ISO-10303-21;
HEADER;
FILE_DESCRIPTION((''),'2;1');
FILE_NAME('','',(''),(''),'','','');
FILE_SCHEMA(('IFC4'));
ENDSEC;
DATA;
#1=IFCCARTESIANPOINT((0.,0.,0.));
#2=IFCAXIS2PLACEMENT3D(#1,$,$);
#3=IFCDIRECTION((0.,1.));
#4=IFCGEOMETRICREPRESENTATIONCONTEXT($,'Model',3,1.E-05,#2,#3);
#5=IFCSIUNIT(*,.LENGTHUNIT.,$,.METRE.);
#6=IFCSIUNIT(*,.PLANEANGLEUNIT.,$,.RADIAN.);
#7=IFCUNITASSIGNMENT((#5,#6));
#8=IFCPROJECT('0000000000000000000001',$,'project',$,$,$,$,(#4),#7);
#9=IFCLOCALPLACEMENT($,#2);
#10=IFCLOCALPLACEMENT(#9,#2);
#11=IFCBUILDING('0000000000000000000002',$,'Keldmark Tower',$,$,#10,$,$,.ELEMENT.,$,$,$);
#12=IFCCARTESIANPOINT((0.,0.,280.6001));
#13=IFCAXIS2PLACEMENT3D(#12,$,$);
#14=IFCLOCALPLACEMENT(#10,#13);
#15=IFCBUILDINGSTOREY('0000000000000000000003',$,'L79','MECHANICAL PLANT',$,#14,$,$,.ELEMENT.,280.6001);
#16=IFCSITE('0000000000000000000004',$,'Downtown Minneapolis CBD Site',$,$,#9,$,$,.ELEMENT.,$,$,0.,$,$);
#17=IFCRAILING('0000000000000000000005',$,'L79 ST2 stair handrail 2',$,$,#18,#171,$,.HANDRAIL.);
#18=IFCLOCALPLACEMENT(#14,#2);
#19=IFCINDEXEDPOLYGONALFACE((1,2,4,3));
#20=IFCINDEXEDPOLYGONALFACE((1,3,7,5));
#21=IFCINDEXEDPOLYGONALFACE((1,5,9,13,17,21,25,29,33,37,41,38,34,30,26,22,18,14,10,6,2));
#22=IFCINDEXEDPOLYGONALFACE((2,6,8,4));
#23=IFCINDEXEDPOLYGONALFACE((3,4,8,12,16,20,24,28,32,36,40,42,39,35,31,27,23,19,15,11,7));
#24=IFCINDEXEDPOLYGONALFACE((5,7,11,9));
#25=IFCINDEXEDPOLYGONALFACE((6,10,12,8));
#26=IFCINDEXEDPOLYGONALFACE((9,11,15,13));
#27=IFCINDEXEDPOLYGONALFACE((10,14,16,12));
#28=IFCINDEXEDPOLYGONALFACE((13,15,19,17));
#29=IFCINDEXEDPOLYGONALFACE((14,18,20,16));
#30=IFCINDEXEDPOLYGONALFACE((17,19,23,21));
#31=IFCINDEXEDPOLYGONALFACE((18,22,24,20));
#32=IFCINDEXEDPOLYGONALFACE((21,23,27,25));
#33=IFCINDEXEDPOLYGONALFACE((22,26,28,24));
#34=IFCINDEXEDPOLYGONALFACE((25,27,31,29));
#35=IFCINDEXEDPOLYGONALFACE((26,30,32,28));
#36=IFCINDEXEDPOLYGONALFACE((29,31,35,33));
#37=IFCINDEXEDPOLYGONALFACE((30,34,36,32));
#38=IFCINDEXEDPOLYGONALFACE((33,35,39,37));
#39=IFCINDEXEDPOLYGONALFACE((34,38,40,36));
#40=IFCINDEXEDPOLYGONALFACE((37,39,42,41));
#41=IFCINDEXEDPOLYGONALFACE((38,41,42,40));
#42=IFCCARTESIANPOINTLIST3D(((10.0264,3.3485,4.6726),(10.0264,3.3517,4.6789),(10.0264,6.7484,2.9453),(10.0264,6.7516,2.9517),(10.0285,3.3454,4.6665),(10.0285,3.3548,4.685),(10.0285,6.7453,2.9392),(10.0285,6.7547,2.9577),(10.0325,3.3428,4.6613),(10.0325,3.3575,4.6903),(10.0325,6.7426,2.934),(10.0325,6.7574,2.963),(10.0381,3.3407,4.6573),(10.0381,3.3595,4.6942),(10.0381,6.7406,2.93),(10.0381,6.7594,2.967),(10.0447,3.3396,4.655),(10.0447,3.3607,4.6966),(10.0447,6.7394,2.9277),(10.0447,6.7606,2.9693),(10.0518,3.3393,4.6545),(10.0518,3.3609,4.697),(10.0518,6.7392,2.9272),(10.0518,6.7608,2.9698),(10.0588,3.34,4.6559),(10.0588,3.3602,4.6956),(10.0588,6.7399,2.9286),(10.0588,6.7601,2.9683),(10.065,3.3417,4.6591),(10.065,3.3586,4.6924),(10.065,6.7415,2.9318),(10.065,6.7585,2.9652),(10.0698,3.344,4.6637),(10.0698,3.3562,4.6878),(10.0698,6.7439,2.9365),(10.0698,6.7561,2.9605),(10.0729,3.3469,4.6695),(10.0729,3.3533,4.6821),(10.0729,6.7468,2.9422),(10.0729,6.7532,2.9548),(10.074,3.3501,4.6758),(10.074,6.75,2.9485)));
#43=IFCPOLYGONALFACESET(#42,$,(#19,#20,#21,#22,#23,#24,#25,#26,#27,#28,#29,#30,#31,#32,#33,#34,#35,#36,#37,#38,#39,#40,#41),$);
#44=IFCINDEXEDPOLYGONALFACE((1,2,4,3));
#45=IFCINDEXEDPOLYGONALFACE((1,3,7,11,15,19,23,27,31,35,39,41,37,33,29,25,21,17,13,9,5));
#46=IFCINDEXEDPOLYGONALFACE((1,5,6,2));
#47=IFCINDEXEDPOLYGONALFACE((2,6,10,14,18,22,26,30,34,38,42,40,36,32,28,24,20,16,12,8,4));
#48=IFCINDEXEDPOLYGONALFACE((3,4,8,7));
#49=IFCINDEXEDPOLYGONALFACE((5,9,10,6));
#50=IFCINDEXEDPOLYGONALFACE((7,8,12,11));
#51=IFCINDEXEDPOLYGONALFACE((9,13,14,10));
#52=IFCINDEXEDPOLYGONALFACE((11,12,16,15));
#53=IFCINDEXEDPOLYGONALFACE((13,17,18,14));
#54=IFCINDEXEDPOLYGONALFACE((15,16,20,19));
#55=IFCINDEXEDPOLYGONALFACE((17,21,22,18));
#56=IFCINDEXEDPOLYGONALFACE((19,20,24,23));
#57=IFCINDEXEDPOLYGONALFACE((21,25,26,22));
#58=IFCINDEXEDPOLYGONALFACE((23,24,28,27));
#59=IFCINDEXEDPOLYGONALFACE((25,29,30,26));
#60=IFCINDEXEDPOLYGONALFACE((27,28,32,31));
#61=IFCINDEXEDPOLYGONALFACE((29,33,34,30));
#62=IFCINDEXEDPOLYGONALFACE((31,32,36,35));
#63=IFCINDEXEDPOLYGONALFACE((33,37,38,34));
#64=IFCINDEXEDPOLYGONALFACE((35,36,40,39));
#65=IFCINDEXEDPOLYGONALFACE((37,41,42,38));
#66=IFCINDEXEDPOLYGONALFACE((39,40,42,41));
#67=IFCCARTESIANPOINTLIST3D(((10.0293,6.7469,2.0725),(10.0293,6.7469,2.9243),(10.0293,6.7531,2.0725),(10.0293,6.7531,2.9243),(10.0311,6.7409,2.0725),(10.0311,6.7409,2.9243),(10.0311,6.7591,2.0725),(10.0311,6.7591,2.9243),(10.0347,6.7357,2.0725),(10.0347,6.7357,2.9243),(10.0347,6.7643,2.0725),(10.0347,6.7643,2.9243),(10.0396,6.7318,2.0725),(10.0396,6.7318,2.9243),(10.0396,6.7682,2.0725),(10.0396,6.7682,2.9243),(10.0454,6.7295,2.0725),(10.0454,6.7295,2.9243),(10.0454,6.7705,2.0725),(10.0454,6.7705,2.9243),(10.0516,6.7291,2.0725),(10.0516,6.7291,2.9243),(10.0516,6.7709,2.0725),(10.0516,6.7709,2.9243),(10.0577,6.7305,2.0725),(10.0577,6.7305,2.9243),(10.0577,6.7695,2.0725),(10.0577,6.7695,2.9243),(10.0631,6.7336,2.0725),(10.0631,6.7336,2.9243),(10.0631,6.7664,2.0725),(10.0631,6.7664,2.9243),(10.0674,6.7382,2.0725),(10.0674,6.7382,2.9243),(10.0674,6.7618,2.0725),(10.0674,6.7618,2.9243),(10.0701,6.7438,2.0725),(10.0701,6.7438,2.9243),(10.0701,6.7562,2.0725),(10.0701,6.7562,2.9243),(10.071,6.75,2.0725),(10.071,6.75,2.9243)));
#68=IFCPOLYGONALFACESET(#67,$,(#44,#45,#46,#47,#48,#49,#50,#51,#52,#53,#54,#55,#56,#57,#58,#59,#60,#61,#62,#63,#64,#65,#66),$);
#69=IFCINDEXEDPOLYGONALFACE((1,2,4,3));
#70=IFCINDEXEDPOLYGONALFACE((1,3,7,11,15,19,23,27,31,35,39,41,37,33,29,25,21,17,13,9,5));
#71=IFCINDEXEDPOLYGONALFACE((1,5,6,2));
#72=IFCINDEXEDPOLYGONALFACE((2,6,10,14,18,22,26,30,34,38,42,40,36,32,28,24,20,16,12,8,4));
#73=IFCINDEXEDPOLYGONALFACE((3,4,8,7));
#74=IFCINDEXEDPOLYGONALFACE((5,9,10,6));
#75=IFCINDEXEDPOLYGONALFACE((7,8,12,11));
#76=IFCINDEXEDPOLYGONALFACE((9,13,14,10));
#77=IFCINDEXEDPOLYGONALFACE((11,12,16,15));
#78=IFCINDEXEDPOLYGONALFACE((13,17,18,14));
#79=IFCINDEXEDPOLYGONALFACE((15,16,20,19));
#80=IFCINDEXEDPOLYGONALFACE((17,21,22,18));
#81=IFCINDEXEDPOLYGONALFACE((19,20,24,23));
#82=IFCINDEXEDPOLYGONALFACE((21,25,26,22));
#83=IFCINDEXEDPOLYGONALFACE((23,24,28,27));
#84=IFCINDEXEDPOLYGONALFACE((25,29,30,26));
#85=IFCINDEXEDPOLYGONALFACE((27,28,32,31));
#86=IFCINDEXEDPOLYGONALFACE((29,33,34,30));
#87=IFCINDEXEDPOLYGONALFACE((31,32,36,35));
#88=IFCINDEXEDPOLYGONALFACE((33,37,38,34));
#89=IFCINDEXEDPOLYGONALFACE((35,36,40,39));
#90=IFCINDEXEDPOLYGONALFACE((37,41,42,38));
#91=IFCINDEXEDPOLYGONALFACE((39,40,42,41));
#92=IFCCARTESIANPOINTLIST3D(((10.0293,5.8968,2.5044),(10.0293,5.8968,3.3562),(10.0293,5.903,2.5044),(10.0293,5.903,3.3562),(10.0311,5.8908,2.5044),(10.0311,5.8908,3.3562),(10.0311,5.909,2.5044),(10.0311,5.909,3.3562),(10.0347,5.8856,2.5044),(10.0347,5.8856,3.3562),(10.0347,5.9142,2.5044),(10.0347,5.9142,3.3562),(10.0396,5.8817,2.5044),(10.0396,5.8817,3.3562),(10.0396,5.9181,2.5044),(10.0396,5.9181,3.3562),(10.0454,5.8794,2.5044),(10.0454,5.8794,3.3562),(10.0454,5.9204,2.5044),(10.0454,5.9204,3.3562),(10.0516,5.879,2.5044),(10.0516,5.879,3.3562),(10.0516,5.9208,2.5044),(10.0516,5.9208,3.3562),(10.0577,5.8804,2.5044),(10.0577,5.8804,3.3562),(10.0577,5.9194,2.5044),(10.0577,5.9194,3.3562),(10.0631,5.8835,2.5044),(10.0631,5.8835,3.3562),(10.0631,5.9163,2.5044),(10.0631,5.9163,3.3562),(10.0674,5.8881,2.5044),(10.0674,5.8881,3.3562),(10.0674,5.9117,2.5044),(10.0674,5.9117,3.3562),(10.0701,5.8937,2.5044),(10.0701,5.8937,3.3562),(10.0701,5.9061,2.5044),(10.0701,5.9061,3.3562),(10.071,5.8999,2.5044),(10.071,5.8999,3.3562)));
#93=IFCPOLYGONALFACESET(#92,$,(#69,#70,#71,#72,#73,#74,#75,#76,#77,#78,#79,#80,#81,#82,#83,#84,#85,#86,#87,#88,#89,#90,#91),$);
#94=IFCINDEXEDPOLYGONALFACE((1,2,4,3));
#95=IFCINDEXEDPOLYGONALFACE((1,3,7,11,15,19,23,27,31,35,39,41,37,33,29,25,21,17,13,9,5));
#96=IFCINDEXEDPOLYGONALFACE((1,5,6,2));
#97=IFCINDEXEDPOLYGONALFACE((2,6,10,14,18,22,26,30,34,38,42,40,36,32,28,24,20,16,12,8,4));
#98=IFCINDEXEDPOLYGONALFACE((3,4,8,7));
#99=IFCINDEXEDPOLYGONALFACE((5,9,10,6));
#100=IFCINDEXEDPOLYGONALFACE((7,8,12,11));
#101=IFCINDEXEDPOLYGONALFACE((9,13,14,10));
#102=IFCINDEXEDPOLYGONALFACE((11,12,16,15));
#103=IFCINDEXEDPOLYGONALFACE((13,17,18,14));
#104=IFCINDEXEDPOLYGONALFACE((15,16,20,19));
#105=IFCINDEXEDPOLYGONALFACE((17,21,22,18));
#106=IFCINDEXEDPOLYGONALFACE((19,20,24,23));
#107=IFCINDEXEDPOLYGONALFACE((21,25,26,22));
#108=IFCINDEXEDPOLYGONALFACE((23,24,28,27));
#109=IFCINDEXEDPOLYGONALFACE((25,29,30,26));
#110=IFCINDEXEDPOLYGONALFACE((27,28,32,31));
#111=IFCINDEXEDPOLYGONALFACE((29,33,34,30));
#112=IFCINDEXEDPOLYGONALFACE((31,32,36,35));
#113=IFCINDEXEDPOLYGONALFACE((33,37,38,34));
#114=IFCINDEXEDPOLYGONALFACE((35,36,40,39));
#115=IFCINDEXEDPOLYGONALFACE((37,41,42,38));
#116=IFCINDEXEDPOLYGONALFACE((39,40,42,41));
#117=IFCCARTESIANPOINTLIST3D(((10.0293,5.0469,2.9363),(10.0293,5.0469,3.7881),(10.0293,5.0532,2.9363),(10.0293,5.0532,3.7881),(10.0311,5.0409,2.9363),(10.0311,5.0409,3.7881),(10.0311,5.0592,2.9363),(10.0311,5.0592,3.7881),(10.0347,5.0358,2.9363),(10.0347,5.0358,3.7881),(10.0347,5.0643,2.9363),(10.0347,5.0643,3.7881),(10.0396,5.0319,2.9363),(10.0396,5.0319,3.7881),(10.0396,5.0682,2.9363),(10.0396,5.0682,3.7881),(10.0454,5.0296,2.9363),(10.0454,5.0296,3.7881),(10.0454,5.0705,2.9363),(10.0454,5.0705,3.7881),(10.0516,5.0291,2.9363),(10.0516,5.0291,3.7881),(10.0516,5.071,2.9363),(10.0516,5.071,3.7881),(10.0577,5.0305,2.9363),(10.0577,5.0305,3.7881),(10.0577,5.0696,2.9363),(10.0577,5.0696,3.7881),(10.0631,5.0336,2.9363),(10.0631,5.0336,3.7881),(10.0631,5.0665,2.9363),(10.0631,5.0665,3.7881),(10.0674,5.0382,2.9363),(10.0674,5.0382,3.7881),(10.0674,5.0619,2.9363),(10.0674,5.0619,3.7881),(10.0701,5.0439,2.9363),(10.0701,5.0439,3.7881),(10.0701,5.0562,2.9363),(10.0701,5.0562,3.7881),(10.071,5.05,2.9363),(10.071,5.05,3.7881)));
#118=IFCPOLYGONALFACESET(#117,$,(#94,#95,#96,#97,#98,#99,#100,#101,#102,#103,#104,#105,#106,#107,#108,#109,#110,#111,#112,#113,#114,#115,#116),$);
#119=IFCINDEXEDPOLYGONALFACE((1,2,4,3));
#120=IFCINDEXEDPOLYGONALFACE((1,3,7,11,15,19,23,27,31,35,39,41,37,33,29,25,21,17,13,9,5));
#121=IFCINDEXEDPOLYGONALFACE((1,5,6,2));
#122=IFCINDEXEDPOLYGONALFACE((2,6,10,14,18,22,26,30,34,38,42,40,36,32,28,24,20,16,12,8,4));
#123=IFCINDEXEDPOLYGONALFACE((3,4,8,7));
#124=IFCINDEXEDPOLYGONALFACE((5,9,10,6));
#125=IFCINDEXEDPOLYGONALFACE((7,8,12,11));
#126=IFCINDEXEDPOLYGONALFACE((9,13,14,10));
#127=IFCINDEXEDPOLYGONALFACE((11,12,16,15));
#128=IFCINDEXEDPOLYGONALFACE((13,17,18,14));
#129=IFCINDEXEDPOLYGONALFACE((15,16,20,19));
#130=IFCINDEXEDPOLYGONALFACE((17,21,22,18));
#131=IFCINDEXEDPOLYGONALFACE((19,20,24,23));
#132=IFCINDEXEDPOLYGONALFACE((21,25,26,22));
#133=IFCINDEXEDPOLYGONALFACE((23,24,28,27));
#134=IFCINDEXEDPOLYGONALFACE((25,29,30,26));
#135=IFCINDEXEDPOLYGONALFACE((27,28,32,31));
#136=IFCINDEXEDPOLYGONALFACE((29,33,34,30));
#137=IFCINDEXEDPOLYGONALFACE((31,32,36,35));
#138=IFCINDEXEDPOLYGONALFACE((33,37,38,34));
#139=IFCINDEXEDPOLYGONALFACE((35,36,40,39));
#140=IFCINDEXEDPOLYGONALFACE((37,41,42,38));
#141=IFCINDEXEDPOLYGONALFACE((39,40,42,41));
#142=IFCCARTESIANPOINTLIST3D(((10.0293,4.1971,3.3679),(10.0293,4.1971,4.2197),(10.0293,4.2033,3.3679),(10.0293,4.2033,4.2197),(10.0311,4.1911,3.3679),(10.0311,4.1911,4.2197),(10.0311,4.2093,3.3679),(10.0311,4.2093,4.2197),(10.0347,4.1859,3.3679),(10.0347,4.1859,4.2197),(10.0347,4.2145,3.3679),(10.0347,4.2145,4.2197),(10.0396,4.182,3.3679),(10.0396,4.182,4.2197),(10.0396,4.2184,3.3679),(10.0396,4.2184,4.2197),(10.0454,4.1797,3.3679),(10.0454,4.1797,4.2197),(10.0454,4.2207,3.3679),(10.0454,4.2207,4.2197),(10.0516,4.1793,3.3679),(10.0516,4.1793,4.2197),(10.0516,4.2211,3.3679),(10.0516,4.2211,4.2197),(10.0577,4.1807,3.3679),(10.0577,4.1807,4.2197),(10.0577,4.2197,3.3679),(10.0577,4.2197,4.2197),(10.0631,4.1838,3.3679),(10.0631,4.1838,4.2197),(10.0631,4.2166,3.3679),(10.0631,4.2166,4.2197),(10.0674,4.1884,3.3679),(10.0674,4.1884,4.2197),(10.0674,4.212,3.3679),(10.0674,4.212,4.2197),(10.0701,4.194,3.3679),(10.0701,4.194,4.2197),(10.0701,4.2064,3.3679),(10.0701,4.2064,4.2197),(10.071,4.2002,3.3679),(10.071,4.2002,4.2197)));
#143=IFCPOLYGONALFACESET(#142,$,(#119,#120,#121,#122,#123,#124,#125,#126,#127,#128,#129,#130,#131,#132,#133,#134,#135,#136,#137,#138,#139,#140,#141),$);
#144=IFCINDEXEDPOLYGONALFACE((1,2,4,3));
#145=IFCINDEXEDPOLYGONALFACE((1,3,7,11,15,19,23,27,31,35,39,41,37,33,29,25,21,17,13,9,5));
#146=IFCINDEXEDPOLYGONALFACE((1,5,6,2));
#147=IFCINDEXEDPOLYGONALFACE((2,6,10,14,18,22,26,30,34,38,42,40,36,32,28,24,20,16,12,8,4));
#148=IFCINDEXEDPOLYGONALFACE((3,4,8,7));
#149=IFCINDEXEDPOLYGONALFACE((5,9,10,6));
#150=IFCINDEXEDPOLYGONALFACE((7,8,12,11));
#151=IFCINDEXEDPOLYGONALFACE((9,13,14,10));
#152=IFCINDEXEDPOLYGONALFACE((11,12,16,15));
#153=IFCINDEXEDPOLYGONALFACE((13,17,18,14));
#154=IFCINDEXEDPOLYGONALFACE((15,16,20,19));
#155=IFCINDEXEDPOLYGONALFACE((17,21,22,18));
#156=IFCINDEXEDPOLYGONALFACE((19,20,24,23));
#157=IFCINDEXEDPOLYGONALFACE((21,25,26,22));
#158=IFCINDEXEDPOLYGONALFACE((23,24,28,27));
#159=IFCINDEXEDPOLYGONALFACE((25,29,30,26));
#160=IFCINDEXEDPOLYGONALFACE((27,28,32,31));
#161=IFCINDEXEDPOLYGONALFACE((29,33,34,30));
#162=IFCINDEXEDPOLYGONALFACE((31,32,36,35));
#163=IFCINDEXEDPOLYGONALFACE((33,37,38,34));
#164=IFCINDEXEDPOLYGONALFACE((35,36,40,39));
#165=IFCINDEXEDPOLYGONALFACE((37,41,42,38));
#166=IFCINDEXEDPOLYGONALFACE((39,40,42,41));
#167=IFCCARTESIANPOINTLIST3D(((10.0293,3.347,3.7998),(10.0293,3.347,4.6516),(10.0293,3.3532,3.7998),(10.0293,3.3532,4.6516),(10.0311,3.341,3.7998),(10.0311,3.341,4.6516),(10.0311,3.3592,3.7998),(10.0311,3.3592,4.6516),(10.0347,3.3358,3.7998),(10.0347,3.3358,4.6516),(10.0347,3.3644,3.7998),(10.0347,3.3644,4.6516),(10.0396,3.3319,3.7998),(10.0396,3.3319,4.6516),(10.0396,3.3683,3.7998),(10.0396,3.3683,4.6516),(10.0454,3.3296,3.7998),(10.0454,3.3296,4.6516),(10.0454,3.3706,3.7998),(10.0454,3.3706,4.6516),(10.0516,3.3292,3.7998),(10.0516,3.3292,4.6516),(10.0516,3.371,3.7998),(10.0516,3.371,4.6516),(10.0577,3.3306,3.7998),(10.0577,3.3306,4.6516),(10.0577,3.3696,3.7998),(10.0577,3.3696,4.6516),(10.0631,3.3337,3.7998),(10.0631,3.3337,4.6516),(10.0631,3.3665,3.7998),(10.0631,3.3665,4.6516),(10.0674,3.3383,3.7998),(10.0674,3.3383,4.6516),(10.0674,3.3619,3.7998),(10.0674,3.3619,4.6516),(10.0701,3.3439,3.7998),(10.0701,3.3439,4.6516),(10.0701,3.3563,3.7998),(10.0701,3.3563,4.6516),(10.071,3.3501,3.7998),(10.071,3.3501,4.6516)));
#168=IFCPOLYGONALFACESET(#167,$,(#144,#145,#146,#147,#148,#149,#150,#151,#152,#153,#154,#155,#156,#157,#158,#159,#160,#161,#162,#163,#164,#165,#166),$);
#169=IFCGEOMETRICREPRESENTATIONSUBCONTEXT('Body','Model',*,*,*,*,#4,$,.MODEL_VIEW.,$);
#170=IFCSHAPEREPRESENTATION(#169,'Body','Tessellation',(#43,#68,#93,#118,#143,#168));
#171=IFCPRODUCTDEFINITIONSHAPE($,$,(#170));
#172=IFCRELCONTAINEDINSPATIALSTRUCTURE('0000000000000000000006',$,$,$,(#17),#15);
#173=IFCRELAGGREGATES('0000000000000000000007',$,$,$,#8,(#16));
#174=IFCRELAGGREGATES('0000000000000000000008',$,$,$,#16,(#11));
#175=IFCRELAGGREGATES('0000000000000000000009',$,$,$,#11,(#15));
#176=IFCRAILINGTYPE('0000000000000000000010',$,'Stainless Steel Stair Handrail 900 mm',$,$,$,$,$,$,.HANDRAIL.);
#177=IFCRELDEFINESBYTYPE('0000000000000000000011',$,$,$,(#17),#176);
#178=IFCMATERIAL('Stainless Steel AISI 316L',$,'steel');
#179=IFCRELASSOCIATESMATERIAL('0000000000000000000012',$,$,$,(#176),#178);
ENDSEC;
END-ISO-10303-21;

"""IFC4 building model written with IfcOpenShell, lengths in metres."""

from ifc_helpers import new_model, si_unit, direction, frame, origin, origin_2d, place, context, subcontext, project, spatial, circle, extrude, material, type_object, element, save


model = new_model("IFC4")

# Units and contexts
model_context = context("Model", 3, precision=1e-05, world=origin(), true_north=direction((0.0, 1.0)))
body_context = subcontext(model_context, "Body", "Model", "MODEL_VIEW")
ifc_project = project(units=[si_unit("LENGTHUNIT", "METRE"), si_unit("PLANEANGLEUNIT", "RADIAN")], contexts=[model_context])

# Site, building, storey
site_placement = place(None, origin())
site = spatial("IfcSite", under=ifc_project, at=site_placement, Name="Downtown Minneapolis CBD Site", CompositionType="ELEMENT", RefElevation=0.0)
building_placement = place(site_placement, origin())
building = spatial("IfcBuilding", under=site, at=building_placement, Name="Keldmark Tower", CompositionType="ELEMENT")
storey_placement = place(building_placement, frame((0.0, 0.0, 280.6001)))
storey = spatial("IfcBuildingStorey", under=building, at=storey_placement, Name="L79", Description="MECHANICAL PLANT", CompositionType="ELEMENT", Elevation=280.6001)

# Railing
ifc_material_1 = material(Name="Stainless Steel AISI 316L", Category="steel")
railing_type_1 = type_object("IfcRailingType", Name="Stainless Steel Stair Handrail 900 mm", PredefinedType="HANDRAIL", material=ifc_material_1)
railing_1_placement = place(storey_placement, frame((10.05, 6.75, 2.0725)))
element("IfcRailing", 1, at=railing_1_placement, inside=storey, type_object=railing_type_1, Name="L79 ST2 stair handrail 2", PredefinedType="HANDRAIL", context=body_context, shape_type="SweptSolid", body=[
    extrude(circle(Radius=0.0239, at=origin_2d()), frame((0.0, 0.0, 0.876), z_axis=(0.0, -0.891541, 0.452941), x_axis=(1.0, 0.0, 0.0)), (0.0, 0.0, 1.0), 3.8135),
    extrude(circle(Radius=0.021, at=origin_2d()), origin(), (0.0, 0.0, 1.0), 0.8518),
    extrude(circle(Radius=0.021, at=origin_2d()), frame((0.0, -0.8501, 0.4319)), (0.0, 0.0, 1.0), 0.8518),
    extrude(circle(Radius=0.021, at=origin_2d()), frame((0.0, -1.7, 0.8638)), (0.0, 0.0, 1.0), 0.8518),
    extrude(circle(Radius=0.021, at=origin_2d()), frame((0.0, -2.5498, 1.2954)), (0.0, 0.0, 1.0), 0.8518),
    extrude(circle(Radius=0.021, at=origin_2d()), frame((0.0, -3.3999, 1.7273)), (0.0, 0.0, 1.0), 0.8518),
])

save(model, "model.ifc")
